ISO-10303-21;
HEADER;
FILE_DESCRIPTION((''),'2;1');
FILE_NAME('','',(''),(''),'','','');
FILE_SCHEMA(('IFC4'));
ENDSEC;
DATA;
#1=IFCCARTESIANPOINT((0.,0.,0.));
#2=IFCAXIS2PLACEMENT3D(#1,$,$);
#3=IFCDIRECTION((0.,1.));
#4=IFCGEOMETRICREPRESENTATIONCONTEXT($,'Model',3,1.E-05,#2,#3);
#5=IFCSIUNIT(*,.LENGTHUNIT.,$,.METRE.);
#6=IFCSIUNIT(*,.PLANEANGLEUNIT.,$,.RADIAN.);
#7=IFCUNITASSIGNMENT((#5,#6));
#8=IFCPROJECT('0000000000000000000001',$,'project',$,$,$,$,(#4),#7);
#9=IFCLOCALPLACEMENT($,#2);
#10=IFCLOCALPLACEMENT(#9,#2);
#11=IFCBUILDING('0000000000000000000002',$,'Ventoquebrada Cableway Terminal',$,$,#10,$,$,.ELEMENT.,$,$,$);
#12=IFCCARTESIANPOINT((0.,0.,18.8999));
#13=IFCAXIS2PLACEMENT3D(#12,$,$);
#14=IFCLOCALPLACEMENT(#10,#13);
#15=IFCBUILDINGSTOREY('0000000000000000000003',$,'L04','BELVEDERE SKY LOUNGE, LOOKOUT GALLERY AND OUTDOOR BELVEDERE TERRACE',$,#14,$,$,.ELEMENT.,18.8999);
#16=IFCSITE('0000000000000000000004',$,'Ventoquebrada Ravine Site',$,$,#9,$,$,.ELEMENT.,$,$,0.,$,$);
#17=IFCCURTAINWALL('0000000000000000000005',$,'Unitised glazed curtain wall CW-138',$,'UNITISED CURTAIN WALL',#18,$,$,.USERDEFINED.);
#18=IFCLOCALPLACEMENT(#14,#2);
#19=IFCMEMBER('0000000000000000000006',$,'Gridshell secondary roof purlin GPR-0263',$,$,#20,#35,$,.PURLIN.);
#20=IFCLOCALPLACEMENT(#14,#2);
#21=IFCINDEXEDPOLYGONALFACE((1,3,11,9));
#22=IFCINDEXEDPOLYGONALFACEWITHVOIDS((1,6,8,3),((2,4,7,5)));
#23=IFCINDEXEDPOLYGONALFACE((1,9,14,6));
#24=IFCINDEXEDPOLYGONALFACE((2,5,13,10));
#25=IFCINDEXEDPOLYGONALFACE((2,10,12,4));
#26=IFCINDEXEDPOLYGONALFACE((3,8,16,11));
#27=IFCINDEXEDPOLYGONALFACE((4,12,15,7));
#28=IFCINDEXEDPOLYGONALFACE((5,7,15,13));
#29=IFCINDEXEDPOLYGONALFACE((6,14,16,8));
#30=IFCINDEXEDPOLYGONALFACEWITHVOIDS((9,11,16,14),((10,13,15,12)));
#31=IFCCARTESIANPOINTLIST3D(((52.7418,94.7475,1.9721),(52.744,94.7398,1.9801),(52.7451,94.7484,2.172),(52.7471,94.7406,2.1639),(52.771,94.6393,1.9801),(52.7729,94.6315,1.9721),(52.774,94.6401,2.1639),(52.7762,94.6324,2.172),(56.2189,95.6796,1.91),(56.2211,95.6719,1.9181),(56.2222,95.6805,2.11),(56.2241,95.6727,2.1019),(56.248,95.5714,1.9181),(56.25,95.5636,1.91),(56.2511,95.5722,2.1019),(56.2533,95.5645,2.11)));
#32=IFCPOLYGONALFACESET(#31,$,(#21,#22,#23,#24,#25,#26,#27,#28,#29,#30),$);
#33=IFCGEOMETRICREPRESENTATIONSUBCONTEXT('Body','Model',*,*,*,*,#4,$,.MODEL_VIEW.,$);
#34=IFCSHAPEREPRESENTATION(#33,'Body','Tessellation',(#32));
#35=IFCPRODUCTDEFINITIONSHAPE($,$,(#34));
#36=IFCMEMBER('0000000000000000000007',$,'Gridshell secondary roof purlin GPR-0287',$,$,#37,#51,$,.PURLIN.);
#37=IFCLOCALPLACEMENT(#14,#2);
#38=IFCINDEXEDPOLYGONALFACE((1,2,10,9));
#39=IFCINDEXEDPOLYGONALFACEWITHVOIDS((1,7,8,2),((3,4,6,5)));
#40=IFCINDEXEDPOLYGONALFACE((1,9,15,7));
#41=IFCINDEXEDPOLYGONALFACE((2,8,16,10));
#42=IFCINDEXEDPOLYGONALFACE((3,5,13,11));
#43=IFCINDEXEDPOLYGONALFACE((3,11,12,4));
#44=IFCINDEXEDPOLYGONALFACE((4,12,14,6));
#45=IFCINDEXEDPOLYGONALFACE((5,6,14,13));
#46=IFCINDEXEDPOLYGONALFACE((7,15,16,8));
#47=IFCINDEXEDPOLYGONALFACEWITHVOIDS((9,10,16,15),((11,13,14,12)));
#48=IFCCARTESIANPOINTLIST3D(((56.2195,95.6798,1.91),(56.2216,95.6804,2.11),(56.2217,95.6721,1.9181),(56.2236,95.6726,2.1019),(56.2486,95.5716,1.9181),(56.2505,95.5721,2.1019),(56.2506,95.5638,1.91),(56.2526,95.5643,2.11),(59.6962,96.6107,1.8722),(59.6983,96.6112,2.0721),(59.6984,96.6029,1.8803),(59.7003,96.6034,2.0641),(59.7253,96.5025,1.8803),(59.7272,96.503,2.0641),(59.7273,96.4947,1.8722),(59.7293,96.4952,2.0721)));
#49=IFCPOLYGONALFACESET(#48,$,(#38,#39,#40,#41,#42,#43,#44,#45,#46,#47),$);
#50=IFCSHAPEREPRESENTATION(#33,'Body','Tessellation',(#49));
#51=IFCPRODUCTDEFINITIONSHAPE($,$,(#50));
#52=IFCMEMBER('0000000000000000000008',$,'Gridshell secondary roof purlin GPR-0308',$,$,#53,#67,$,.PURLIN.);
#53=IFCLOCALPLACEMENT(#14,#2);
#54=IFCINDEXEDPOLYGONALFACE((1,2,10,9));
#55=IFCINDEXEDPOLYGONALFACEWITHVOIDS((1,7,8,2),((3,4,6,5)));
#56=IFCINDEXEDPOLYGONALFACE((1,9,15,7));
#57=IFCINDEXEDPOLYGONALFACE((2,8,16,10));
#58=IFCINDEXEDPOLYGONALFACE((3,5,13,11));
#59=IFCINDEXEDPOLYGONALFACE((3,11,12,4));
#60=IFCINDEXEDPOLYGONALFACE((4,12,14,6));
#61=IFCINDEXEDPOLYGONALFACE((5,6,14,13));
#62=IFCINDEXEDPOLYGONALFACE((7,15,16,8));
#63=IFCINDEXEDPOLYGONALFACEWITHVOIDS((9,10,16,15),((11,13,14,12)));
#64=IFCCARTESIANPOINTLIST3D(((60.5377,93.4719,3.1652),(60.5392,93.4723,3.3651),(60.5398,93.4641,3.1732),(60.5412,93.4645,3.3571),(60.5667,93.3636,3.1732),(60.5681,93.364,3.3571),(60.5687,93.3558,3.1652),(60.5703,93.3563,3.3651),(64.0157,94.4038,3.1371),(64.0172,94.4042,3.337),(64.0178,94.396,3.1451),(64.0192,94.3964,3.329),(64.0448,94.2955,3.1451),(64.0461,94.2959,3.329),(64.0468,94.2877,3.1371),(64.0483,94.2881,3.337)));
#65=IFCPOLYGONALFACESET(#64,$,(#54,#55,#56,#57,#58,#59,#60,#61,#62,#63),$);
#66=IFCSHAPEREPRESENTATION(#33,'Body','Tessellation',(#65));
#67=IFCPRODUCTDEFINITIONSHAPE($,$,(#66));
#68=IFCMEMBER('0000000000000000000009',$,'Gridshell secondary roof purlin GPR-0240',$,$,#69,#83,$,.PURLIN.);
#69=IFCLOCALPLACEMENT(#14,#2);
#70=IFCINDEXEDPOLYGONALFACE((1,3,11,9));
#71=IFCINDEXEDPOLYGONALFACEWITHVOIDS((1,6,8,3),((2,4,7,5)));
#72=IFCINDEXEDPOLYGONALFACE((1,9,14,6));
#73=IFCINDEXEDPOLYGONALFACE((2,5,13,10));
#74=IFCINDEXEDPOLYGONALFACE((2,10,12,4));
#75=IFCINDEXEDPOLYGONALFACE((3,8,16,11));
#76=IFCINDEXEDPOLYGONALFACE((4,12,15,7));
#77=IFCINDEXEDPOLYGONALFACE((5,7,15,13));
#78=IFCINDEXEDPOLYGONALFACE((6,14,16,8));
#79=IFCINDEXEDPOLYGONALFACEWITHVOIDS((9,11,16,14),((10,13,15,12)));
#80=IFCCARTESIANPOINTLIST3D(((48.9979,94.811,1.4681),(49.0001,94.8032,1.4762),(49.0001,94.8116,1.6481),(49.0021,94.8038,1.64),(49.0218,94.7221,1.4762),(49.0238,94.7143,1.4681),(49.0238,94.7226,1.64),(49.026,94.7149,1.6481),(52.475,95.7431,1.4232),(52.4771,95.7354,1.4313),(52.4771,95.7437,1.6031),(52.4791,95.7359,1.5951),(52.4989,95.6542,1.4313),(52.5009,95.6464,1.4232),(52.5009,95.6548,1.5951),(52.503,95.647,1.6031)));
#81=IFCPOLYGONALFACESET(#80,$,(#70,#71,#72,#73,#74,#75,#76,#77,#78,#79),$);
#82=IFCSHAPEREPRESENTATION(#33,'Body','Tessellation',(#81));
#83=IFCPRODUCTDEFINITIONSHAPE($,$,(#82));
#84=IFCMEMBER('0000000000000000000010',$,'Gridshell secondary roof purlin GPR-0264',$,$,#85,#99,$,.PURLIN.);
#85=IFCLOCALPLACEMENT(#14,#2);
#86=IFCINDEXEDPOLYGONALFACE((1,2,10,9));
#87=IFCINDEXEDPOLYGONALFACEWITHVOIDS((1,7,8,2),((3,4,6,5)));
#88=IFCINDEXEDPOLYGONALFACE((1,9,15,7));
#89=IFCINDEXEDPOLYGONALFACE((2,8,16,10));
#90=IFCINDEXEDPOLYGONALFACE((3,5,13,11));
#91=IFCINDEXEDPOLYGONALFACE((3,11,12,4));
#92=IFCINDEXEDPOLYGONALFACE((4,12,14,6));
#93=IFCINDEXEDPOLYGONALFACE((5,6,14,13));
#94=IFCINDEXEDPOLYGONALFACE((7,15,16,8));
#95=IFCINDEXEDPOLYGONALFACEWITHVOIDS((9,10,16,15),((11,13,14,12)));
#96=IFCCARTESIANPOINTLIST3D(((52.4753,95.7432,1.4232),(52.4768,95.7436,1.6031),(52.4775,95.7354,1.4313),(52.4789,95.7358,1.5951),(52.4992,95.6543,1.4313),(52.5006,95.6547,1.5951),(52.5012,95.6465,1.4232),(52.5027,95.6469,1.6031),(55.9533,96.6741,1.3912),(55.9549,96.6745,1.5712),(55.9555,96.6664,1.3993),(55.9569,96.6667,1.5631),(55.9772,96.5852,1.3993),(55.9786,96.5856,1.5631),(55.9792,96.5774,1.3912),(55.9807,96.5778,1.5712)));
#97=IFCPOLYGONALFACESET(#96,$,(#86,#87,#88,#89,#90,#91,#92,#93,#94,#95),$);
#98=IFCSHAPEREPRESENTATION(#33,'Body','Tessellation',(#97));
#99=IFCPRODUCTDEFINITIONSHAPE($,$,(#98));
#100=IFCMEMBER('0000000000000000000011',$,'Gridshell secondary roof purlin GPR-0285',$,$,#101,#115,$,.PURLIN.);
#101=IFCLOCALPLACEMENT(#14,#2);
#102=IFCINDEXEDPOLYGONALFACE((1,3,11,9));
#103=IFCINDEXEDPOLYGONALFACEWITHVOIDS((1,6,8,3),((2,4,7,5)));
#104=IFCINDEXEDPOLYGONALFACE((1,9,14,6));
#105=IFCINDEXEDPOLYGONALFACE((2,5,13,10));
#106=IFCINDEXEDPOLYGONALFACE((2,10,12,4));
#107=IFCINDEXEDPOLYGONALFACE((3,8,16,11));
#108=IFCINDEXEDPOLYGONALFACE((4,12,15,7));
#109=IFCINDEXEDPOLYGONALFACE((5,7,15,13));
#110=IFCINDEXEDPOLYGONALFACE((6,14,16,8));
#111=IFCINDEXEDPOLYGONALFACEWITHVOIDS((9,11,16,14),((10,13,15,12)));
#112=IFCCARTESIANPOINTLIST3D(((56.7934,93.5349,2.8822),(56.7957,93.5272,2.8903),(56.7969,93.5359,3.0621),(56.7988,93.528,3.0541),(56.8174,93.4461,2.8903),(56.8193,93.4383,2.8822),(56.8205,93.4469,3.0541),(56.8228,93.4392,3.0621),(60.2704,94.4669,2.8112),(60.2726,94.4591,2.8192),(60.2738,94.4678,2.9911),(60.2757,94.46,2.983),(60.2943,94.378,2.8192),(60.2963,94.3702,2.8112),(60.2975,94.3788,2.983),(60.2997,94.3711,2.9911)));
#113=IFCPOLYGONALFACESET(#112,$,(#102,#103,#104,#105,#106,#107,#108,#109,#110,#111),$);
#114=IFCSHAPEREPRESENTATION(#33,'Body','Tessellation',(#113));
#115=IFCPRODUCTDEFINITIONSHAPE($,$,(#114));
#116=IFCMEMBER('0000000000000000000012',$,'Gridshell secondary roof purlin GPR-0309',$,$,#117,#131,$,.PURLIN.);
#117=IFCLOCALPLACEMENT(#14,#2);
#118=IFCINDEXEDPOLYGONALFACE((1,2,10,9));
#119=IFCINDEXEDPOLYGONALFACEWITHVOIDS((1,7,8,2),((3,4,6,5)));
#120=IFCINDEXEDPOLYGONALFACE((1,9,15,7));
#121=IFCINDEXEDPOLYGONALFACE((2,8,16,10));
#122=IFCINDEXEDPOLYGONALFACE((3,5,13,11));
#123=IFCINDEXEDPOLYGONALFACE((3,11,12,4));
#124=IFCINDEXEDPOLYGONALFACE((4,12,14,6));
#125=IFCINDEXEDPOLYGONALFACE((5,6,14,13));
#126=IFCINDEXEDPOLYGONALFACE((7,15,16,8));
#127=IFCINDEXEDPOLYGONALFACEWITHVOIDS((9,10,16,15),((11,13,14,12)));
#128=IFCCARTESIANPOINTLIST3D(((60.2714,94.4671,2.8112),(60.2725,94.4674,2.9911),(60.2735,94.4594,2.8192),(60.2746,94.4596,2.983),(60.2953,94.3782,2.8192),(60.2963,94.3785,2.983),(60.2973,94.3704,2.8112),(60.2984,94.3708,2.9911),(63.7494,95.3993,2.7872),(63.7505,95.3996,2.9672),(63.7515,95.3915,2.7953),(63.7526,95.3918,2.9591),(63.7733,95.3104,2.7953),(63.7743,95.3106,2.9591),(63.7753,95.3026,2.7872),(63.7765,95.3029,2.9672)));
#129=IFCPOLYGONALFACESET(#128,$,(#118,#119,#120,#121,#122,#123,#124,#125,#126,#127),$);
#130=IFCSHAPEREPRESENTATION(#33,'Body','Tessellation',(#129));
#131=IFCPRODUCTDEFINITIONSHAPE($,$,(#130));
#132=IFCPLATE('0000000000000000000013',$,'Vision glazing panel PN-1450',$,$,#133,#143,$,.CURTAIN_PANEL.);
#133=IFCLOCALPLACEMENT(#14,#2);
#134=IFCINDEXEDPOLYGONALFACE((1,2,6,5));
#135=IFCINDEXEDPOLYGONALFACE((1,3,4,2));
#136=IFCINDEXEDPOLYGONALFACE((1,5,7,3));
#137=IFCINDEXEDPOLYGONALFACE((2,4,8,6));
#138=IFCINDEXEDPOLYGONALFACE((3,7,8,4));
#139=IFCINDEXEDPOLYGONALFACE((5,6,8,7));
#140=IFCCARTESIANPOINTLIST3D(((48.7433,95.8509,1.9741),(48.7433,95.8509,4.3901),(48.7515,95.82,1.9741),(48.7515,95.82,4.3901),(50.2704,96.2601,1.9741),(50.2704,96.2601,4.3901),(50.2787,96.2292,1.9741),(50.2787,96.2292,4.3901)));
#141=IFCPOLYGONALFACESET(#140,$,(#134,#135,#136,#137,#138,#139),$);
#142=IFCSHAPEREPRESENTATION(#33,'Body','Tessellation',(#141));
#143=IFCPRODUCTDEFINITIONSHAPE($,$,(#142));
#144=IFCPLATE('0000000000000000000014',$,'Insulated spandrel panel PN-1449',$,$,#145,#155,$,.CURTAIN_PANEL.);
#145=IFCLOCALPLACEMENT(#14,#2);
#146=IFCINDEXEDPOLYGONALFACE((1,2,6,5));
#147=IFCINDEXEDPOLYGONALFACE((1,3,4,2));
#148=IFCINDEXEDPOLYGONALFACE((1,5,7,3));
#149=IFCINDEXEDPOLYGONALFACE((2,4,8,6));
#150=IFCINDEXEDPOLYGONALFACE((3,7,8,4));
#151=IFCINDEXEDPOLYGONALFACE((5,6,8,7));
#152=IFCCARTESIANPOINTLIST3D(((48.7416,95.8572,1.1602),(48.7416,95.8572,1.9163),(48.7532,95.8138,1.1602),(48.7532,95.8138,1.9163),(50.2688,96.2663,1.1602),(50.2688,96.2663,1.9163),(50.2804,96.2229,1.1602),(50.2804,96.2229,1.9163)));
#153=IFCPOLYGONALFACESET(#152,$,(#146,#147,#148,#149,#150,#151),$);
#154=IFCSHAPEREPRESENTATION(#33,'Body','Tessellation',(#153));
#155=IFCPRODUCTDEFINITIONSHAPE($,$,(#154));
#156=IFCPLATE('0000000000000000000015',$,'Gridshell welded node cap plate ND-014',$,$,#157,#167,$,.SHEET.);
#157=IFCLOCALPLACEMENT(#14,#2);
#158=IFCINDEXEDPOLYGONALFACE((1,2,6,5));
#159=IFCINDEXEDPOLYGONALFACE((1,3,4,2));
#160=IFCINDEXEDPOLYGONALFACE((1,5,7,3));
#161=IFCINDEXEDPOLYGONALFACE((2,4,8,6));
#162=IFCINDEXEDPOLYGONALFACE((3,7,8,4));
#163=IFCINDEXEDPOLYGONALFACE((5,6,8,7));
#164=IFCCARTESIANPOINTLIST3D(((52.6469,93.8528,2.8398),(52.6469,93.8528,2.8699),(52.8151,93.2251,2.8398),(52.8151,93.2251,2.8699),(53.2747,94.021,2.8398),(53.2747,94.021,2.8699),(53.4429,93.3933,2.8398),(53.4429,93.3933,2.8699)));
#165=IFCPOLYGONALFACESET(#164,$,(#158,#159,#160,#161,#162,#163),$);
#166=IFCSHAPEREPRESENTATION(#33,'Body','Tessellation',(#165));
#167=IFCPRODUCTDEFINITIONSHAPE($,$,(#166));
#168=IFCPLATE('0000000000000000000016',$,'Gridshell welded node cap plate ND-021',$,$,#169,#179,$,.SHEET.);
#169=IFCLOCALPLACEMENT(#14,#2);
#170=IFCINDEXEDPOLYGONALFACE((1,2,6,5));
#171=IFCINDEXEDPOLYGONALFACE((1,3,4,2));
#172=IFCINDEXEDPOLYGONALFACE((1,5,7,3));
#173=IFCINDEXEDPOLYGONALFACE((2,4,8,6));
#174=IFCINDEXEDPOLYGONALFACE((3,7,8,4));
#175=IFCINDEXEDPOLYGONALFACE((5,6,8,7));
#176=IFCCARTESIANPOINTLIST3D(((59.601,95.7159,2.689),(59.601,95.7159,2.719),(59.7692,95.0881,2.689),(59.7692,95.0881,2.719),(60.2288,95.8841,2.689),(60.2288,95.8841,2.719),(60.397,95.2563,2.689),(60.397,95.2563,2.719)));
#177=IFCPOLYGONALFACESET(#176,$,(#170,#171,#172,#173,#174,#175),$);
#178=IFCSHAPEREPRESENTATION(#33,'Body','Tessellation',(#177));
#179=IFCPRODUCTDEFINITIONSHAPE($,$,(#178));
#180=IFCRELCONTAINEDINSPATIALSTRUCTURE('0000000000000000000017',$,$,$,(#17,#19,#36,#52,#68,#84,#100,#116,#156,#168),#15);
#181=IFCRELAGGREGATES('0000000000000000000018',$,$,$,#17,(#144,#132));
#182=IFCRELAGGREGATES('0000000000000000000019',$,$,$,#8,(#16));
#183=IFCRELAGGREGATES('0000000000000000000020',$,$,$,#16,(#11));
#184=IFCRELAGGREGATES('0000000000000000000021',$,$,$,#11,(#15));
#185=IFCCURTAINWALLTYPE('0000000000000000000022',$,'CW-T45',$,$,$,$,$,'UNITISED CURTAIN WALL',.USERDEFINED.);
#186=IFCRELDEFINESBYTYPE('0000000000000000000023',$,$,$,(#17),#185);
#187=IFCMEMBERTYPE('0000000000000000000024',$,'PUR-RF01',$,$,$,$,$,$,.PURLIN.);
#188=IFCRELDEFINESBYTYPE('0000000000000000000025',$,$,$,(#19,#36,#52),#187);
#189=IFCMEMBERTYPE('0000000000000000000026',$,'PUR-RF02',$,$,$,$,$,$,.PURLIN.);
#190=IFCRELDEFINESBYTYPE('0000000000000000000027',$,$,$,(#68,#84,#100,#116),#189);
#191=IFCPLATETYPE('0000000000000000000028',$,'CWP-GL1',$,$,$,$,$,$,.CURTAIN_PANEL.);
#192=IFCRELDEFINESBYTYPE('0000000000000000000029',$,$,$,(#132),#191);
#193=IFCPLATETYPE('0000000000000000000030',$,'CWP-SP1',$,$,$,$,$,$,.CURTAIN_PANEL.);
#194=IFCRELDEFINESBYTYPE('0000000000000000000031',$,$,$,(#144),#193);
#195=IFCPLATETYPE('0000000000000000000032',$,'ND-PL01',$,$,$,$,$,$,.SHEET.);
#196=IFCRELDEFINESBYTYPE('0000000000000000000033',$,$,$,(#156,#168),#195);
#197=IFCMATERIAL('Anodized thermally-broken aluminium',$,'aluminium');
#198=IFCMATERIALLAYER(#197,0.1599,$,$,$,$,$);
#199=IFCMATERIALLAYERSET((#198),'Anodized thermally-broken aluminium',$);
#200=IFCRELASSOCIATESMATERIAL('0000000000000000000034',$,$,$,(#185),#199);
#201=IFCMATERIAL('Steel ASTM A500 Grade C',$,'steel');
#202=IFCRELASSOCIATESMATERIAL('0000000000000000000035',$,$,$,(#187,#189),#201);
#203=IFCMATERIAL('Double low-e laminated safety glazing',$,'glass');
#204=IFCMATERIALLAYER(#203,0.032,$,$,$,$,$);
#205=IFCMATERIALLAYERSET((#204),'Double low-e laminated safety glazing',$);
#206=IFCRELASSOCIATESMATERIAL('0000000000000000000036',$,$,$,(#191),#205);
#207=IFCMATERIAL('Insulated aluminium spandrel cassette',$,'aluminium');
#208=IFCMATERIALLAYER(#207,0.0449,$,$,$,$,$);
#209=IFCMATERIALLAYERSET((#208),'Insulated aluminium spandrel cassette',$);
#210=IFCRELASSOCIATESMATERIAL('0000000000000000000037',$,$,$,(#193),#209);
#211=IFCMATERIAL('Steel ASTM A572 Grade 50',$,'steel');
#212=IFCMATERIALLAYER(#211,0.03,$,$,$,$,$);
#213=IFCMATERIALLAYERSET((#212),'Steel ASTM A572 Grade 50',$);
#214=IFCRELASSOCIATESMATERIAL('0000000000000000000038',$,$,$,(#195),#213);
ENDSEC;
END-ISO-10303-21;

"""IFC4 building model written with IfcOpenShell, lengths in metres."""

from ifc_helpers import new_model, si_unit, direction, frame, origin, origin_2d, place, context, subcontext, project, spatial, rectangle, hollow_rectangle, extrude, material, layer, layer_set, material_profile, profile_set, type_object, element, aggregate, save


model = new_model("IFC4")

# Units and contexts
model_context = context("Model", 3, precision=1e-05, world=origin(), true_north=direction((0.0, 1.0)))
body_context = subcontext(model_context, "Body", "Model", "MODEL_VIEW")
ifc_project = project(units=[si_unit("LENGTHUNIT", "METRE"), si_unit("PLANEANGLEUNIT", "RADIAN")], contexts=[model_context])

# Site, building, storey
site_placement = place(None, origin())
site = spatial("IfcSite", under=ifc_project, at=site_placement, Name="Ventoquebrada Ravine Site", CompositionType="ELEMENT", RefElevation=0.0)
building_placement = place(site_placement, origin())
building = spatial("IfcBuilding", under=site, at=building_placement, Name="Ventoquebrada Cableway Terminal", CompositionType="ELEMENT")
storey_placement = place(building_placement, frame((0.0, 0.0, 18.8999)))
storey = spatial("IfcBuildingStorey", under=building, at=storey_placement, Name="L04", Description="BELVEDERE SKY LOUNGE, LOOKOUT GALLERY AND OUTDOOR BELVEDERE TERRACE", CompositionType="ELEMENT", Elevation=18.8999)

# Shared definitions
ifc_material_1 = material(Name="Steel ASTM A500 Grade C", Category="steel")

# Curtain wall
ifc_material_2 = material(Name="Anodized thermally-broken aluminium", Category="aluminium")
ifc_layer_1 = layer(ifc_material_2, 0.1599)
ifc_layer_set_1 = layer_set([ifc_layer_1], Name="Anodized thermally-broken aluminium")
curtain_wall_type = type_object("IfcCurtainWallType", Name="CW-T45", ElementType="UNITISED CURTAIN WALL", PredefinedType="USERDEFINED", material=ifc_layer_set_1)
curtain_wall_placement = place(storey_placement, origin())
curtain_wall = element("IfcCurtainWall", 1, at=curtain_wall_placement, inside=storey, type_object=curtain_wall_type, Name="Unitised glazed curtain wall CW-138", ObjectType="UNITISED CURTAIN WALL", PredefinedType="USERDEFINED")

# Members
ifc_material_profile_1 = material_profile(ifc_material_1, hollow_rectangle(XDim=0.1201, YDim=0.2, WallThickness=0.0081, at=origin_2d()), Name="RHS200X120X8")
ifc_profile_set_1 = profile_set([ifc_material_profile_1], Name="Steel ASTM A500 Grade C")
member_type_1 = type_object("IfcMemberType", Name="PUR-RF01", PredefinedType="PURLIN", material=ifc_profile_set_1)
member_1_placement = place(storey_placement, frame((52.759, 94.6899, 2.072), z_axis=(0.965751, 0.258899, -0.017224), x_axis=(-0.258937, 0.965894, 0.0)))
element("IfcMember", 2, at=member_1_placement, inside=storey, type_object=member_type_1, Name="Gridshell secondary roof purlin GPR-0263", PredefinedType="PURLIN", context=body_context, shape_type="SweptSolid", body=[
    extrude(hollow_rectangle(XDim=0.1201, YDim=0.2, WallThickness=0.0081, at=origin_2d()), origin(), (0.0, 0.0, 1.0), 3.6003),
])
member_2_placement = place(storey_placement, frame((56.2361, 95.6221, 2.01), z_axis=(0.965921, 0.258623, -0.010513), x_axis=(-0.258638, 0.965974, 0.0)))
element("IfcMember", 3, at=member_2_placement, inside=storey, type_object=member_type_1, Name="Gridshell secondary roof purlin GPR-0287", PredefinedType="PURLIN", context=body_context, shape_type="SweptSolid", body=[
    extrude(hollow_rectangle(XDim=0.1201, YDim=0.2, WallThickness=0.0081, at=origin_2d()), origin(), (0.0, 0.0, 1.0), 3.5994),
])
member_3_placement = place(storey_placement, frame((60.554, 93.4141, 3.2651), z_axis=(0.9659, 0.258798, -0.007797), x_axis=(-0.258806, 0.965929, 0.0)))
element("IfcMember", 4, at=member_3_placement, inside=storey, type_object=member_type_1, Name="Gridshell secondary roof purlin GPR-0308", PredefinedType="PURLIN", context=body_context, shape_type="SweptSolid", body=[
    extrude(hollow_rectangle(XDim=0.1201, YDim=0.2, WallThickness=0.0081, at=origin_2d()), origin(), (0.0, 0.0, 1.0), 3.6008),
])
ifc_material_profile_2 = material_profile(ifc_material_1, hollow_rectangle(XDim=0.1001, YDim=0.1799, WallThickness=0.0081, at=origin_2d()), Name="RHS180X100X8")
ifc_profile_set_2 = profile_set([ifc_material_profile_2], Name="Steel ASTM A500 Grade C")
member_type_2 = type_object("IfcMemberType", Name="PUR-RF02", PredefinedType="PURLIN", material=ifc_profile_set_2)
member_4_placement = place(storey_placement, frame((49.012, 94.7629, 1.5581), z_axis=(0.965819, 0.258917, -0.012478), x_axis=(-0.258937, 0.965894, 0.0)))
element("IfcMember", 5, at=member_4_placement, inside=storey, type_object=member_type_2, Name="Gridshell secondary roof purlin GPR-0240", PredefinedType="PURLIN", context=body_context, shape_type="SweptSolid", body=[
    extrude(hollow_rectangle(XDim=0.1001, YDim=0.1799, WallThickness=0.0081, at=origin_2d()), origin(), (0.0, 0.0, 1.0), 3.6001),
])
member_5_placement = place(storey_placement, frame((52.489, 95.6951, 1.5132), z_axis=(0.965959, 0.258543, -0.008883), x_axis=(-0.258553, 0.965997, 0.0)))
element("IfcMember", 6, at=member_5_placement, inside=storey, type_object=member_type_2, Name="Gridshell secondary roof purlin GPR-0264", PredefinedType="PURLIN", context=body_context, shape_type="SweptSolid", body=[
    extrude(hollow_rectangle(XDim=0.1001, YDim=0.1799, WallThickness=0.0081, at=origin_2d()), origin(), (0.0, 0.0, 1.0), 3.6006),
])
member_6_placement = place(storey_placement, frame((56.8081, 93.4871, 2.9722), z_axis=(0.965718, 0.25884, -0.019733), x_axis=(-0.258891, 0.965907, 0.0)))
element("IfcMember", 7, at=member_6_placement, inside=storey, type_object=member_type_2, Name="Gridshell secondary roof purlin GPR-0285", PredefinedType="PURLIN", context=body_context, shape_type="SweptSolid", body=[
    extrude(hollow_rectangle(XDim=0.1001, YDim=0.1799, WallThickness=0.0081, at=origin_2d()), origin(), (0.0, 0.0, 1.0), 3.6003),
])
member_7_placement = place(storey_placement, frame((60.2849, 94.4189, 2.9011), z_axis=(0.965891, 0.258864, -0.006644), x_axis=(-0.258869, 0.965912, 0.0)))
element("IfcMember", 8, at=member_7_placement, inside=storey, type_object=member_type_2, Name="Gridshell secondary roof purlin GPR-0309", PredefinedType="PURLIN", context=body_context, shape_type="SweptSolid", body=[
    extrude(hollow_rectangle(XDim=0.1001, YDim=0.1799, WallThickness=0.0081, at=origin_2d()), origin(), (0.0, 0.0, 1.0), 3.6008),
])

# Plates
ifc_material_3 = material(Name="Double low-e laminated safety glazing", Category="glass")
ifc_layer_2 = layer(ifc_material_3, 0.032)
ifc_layer_set_2 = layer_set([ifc_layer_2], Name="Double low-e laminated safety glazing")
plate_type_1 = type_object("IfcPlateType", Name="CWP-GL1", PredefinedType="CURTAIN_PANEL", material=ifc_layer_set_2)
plate_1_placement = place(storey_placement, frame((49.511, 96.04, 1.9741), z_axis=(0.0, 0.0, 1.0), x_axis=(-0.965935, -0.258785, 0.0)))
plate_1 = element("IfcPlate", 9, at=plate_1_placement, type_object=plate_type_1, Name="Vision glazing panel PN-1450", PredefinedType="CURTAIN_PANEL", context=body_context, shape_type="SweptSolid", body=[
    extrude(rectangle(XDim=1.5811, YDim=0.032, at=origin_2d()), origin(), (0.0, 0.0, 1.0), 2.416),
])
ifc_material_4 = material(Name="Insulated aluminium spandrel cassette", Category="aluminium")
ifc_layer_3 = layer(ifc_material_4, 0.0449)
ifc_layer_set_3 = layer_set([ifc_layer_3], Name="Insulated aluminium spandrel cassette")
plate_type_2 = type_object("IfcPlateType", Name="CWP-SP1", PredefinedType="CURTAIN_PANEL", material=ifc_layer_set_3)
plate_2_placement = place(storey_placement, frame((49.511, 96.04, 1.1602), z_axis=(0.0, 0.0, 1.0), x_axis=(-0.965935, -0.258785, 0.0)))
plate_2 = element("IfcPlate", 10, at=plate_2_placement, type_object=plate_type_2, Name="Insulated spandrel panel PN-1449", PredefinedType="CURTAIN_PANEL", context=body_context, shape_type="SweptSolid", body=[
    extrude(rectangle(XDim=1.5811, YDim=0.0449, at=origin_2d()), origin(), (0.0, 0.0, 1.0), 0.7561),
])
aggregate(curtain_wall, [plate_2, plate_1])

# Plates
ifc_material_5 = material(Name="Steel ASTM A572 Grade 50", Category="steel")
ifc_layer_4 = layer(ifc_material_5, 0.03)
ifc_layer_set_4 = layer_set([ifc_layer_4], Name="Steel ASTM A572 Grade 50")
plate_type_3 = type_object("IfcPlateType", Name="ND-PL01", PredefinedType="SHEET", material=ifc_layer_set_4)
for number, where, z_axis, x_axis, name in (
    (11, (53.0449, 93.623, 2.8398), (0.0, 0.0, 1.0), (0.965926, 0.258819, 0.0), "Gridshell welded node cap plate ND-014"),
    (12, (59.999, 95.4861, 2.689), (0.0, 0.0, 1.0), (0.965926, 0.258819, 0.0), "Gridshell welded node cap plate ND-021"),
):
    element("IfcPlate", number, at=place(storey_placement, frame(where, z_axis=z_axis, x_axis=x_axis)), inside=storey, type_object=plate_type_3, Name=name, PredefinedType="SHEET", context=body_context, shape_type="SweptSolid", body=[
        extrude(rectangle(XDim=0.6499, YDim=0.6499, at=origin_2d()), origin(), (0.0, 0.0, 1.0), 0.03),
    ])

save(model, "model.ifc")
